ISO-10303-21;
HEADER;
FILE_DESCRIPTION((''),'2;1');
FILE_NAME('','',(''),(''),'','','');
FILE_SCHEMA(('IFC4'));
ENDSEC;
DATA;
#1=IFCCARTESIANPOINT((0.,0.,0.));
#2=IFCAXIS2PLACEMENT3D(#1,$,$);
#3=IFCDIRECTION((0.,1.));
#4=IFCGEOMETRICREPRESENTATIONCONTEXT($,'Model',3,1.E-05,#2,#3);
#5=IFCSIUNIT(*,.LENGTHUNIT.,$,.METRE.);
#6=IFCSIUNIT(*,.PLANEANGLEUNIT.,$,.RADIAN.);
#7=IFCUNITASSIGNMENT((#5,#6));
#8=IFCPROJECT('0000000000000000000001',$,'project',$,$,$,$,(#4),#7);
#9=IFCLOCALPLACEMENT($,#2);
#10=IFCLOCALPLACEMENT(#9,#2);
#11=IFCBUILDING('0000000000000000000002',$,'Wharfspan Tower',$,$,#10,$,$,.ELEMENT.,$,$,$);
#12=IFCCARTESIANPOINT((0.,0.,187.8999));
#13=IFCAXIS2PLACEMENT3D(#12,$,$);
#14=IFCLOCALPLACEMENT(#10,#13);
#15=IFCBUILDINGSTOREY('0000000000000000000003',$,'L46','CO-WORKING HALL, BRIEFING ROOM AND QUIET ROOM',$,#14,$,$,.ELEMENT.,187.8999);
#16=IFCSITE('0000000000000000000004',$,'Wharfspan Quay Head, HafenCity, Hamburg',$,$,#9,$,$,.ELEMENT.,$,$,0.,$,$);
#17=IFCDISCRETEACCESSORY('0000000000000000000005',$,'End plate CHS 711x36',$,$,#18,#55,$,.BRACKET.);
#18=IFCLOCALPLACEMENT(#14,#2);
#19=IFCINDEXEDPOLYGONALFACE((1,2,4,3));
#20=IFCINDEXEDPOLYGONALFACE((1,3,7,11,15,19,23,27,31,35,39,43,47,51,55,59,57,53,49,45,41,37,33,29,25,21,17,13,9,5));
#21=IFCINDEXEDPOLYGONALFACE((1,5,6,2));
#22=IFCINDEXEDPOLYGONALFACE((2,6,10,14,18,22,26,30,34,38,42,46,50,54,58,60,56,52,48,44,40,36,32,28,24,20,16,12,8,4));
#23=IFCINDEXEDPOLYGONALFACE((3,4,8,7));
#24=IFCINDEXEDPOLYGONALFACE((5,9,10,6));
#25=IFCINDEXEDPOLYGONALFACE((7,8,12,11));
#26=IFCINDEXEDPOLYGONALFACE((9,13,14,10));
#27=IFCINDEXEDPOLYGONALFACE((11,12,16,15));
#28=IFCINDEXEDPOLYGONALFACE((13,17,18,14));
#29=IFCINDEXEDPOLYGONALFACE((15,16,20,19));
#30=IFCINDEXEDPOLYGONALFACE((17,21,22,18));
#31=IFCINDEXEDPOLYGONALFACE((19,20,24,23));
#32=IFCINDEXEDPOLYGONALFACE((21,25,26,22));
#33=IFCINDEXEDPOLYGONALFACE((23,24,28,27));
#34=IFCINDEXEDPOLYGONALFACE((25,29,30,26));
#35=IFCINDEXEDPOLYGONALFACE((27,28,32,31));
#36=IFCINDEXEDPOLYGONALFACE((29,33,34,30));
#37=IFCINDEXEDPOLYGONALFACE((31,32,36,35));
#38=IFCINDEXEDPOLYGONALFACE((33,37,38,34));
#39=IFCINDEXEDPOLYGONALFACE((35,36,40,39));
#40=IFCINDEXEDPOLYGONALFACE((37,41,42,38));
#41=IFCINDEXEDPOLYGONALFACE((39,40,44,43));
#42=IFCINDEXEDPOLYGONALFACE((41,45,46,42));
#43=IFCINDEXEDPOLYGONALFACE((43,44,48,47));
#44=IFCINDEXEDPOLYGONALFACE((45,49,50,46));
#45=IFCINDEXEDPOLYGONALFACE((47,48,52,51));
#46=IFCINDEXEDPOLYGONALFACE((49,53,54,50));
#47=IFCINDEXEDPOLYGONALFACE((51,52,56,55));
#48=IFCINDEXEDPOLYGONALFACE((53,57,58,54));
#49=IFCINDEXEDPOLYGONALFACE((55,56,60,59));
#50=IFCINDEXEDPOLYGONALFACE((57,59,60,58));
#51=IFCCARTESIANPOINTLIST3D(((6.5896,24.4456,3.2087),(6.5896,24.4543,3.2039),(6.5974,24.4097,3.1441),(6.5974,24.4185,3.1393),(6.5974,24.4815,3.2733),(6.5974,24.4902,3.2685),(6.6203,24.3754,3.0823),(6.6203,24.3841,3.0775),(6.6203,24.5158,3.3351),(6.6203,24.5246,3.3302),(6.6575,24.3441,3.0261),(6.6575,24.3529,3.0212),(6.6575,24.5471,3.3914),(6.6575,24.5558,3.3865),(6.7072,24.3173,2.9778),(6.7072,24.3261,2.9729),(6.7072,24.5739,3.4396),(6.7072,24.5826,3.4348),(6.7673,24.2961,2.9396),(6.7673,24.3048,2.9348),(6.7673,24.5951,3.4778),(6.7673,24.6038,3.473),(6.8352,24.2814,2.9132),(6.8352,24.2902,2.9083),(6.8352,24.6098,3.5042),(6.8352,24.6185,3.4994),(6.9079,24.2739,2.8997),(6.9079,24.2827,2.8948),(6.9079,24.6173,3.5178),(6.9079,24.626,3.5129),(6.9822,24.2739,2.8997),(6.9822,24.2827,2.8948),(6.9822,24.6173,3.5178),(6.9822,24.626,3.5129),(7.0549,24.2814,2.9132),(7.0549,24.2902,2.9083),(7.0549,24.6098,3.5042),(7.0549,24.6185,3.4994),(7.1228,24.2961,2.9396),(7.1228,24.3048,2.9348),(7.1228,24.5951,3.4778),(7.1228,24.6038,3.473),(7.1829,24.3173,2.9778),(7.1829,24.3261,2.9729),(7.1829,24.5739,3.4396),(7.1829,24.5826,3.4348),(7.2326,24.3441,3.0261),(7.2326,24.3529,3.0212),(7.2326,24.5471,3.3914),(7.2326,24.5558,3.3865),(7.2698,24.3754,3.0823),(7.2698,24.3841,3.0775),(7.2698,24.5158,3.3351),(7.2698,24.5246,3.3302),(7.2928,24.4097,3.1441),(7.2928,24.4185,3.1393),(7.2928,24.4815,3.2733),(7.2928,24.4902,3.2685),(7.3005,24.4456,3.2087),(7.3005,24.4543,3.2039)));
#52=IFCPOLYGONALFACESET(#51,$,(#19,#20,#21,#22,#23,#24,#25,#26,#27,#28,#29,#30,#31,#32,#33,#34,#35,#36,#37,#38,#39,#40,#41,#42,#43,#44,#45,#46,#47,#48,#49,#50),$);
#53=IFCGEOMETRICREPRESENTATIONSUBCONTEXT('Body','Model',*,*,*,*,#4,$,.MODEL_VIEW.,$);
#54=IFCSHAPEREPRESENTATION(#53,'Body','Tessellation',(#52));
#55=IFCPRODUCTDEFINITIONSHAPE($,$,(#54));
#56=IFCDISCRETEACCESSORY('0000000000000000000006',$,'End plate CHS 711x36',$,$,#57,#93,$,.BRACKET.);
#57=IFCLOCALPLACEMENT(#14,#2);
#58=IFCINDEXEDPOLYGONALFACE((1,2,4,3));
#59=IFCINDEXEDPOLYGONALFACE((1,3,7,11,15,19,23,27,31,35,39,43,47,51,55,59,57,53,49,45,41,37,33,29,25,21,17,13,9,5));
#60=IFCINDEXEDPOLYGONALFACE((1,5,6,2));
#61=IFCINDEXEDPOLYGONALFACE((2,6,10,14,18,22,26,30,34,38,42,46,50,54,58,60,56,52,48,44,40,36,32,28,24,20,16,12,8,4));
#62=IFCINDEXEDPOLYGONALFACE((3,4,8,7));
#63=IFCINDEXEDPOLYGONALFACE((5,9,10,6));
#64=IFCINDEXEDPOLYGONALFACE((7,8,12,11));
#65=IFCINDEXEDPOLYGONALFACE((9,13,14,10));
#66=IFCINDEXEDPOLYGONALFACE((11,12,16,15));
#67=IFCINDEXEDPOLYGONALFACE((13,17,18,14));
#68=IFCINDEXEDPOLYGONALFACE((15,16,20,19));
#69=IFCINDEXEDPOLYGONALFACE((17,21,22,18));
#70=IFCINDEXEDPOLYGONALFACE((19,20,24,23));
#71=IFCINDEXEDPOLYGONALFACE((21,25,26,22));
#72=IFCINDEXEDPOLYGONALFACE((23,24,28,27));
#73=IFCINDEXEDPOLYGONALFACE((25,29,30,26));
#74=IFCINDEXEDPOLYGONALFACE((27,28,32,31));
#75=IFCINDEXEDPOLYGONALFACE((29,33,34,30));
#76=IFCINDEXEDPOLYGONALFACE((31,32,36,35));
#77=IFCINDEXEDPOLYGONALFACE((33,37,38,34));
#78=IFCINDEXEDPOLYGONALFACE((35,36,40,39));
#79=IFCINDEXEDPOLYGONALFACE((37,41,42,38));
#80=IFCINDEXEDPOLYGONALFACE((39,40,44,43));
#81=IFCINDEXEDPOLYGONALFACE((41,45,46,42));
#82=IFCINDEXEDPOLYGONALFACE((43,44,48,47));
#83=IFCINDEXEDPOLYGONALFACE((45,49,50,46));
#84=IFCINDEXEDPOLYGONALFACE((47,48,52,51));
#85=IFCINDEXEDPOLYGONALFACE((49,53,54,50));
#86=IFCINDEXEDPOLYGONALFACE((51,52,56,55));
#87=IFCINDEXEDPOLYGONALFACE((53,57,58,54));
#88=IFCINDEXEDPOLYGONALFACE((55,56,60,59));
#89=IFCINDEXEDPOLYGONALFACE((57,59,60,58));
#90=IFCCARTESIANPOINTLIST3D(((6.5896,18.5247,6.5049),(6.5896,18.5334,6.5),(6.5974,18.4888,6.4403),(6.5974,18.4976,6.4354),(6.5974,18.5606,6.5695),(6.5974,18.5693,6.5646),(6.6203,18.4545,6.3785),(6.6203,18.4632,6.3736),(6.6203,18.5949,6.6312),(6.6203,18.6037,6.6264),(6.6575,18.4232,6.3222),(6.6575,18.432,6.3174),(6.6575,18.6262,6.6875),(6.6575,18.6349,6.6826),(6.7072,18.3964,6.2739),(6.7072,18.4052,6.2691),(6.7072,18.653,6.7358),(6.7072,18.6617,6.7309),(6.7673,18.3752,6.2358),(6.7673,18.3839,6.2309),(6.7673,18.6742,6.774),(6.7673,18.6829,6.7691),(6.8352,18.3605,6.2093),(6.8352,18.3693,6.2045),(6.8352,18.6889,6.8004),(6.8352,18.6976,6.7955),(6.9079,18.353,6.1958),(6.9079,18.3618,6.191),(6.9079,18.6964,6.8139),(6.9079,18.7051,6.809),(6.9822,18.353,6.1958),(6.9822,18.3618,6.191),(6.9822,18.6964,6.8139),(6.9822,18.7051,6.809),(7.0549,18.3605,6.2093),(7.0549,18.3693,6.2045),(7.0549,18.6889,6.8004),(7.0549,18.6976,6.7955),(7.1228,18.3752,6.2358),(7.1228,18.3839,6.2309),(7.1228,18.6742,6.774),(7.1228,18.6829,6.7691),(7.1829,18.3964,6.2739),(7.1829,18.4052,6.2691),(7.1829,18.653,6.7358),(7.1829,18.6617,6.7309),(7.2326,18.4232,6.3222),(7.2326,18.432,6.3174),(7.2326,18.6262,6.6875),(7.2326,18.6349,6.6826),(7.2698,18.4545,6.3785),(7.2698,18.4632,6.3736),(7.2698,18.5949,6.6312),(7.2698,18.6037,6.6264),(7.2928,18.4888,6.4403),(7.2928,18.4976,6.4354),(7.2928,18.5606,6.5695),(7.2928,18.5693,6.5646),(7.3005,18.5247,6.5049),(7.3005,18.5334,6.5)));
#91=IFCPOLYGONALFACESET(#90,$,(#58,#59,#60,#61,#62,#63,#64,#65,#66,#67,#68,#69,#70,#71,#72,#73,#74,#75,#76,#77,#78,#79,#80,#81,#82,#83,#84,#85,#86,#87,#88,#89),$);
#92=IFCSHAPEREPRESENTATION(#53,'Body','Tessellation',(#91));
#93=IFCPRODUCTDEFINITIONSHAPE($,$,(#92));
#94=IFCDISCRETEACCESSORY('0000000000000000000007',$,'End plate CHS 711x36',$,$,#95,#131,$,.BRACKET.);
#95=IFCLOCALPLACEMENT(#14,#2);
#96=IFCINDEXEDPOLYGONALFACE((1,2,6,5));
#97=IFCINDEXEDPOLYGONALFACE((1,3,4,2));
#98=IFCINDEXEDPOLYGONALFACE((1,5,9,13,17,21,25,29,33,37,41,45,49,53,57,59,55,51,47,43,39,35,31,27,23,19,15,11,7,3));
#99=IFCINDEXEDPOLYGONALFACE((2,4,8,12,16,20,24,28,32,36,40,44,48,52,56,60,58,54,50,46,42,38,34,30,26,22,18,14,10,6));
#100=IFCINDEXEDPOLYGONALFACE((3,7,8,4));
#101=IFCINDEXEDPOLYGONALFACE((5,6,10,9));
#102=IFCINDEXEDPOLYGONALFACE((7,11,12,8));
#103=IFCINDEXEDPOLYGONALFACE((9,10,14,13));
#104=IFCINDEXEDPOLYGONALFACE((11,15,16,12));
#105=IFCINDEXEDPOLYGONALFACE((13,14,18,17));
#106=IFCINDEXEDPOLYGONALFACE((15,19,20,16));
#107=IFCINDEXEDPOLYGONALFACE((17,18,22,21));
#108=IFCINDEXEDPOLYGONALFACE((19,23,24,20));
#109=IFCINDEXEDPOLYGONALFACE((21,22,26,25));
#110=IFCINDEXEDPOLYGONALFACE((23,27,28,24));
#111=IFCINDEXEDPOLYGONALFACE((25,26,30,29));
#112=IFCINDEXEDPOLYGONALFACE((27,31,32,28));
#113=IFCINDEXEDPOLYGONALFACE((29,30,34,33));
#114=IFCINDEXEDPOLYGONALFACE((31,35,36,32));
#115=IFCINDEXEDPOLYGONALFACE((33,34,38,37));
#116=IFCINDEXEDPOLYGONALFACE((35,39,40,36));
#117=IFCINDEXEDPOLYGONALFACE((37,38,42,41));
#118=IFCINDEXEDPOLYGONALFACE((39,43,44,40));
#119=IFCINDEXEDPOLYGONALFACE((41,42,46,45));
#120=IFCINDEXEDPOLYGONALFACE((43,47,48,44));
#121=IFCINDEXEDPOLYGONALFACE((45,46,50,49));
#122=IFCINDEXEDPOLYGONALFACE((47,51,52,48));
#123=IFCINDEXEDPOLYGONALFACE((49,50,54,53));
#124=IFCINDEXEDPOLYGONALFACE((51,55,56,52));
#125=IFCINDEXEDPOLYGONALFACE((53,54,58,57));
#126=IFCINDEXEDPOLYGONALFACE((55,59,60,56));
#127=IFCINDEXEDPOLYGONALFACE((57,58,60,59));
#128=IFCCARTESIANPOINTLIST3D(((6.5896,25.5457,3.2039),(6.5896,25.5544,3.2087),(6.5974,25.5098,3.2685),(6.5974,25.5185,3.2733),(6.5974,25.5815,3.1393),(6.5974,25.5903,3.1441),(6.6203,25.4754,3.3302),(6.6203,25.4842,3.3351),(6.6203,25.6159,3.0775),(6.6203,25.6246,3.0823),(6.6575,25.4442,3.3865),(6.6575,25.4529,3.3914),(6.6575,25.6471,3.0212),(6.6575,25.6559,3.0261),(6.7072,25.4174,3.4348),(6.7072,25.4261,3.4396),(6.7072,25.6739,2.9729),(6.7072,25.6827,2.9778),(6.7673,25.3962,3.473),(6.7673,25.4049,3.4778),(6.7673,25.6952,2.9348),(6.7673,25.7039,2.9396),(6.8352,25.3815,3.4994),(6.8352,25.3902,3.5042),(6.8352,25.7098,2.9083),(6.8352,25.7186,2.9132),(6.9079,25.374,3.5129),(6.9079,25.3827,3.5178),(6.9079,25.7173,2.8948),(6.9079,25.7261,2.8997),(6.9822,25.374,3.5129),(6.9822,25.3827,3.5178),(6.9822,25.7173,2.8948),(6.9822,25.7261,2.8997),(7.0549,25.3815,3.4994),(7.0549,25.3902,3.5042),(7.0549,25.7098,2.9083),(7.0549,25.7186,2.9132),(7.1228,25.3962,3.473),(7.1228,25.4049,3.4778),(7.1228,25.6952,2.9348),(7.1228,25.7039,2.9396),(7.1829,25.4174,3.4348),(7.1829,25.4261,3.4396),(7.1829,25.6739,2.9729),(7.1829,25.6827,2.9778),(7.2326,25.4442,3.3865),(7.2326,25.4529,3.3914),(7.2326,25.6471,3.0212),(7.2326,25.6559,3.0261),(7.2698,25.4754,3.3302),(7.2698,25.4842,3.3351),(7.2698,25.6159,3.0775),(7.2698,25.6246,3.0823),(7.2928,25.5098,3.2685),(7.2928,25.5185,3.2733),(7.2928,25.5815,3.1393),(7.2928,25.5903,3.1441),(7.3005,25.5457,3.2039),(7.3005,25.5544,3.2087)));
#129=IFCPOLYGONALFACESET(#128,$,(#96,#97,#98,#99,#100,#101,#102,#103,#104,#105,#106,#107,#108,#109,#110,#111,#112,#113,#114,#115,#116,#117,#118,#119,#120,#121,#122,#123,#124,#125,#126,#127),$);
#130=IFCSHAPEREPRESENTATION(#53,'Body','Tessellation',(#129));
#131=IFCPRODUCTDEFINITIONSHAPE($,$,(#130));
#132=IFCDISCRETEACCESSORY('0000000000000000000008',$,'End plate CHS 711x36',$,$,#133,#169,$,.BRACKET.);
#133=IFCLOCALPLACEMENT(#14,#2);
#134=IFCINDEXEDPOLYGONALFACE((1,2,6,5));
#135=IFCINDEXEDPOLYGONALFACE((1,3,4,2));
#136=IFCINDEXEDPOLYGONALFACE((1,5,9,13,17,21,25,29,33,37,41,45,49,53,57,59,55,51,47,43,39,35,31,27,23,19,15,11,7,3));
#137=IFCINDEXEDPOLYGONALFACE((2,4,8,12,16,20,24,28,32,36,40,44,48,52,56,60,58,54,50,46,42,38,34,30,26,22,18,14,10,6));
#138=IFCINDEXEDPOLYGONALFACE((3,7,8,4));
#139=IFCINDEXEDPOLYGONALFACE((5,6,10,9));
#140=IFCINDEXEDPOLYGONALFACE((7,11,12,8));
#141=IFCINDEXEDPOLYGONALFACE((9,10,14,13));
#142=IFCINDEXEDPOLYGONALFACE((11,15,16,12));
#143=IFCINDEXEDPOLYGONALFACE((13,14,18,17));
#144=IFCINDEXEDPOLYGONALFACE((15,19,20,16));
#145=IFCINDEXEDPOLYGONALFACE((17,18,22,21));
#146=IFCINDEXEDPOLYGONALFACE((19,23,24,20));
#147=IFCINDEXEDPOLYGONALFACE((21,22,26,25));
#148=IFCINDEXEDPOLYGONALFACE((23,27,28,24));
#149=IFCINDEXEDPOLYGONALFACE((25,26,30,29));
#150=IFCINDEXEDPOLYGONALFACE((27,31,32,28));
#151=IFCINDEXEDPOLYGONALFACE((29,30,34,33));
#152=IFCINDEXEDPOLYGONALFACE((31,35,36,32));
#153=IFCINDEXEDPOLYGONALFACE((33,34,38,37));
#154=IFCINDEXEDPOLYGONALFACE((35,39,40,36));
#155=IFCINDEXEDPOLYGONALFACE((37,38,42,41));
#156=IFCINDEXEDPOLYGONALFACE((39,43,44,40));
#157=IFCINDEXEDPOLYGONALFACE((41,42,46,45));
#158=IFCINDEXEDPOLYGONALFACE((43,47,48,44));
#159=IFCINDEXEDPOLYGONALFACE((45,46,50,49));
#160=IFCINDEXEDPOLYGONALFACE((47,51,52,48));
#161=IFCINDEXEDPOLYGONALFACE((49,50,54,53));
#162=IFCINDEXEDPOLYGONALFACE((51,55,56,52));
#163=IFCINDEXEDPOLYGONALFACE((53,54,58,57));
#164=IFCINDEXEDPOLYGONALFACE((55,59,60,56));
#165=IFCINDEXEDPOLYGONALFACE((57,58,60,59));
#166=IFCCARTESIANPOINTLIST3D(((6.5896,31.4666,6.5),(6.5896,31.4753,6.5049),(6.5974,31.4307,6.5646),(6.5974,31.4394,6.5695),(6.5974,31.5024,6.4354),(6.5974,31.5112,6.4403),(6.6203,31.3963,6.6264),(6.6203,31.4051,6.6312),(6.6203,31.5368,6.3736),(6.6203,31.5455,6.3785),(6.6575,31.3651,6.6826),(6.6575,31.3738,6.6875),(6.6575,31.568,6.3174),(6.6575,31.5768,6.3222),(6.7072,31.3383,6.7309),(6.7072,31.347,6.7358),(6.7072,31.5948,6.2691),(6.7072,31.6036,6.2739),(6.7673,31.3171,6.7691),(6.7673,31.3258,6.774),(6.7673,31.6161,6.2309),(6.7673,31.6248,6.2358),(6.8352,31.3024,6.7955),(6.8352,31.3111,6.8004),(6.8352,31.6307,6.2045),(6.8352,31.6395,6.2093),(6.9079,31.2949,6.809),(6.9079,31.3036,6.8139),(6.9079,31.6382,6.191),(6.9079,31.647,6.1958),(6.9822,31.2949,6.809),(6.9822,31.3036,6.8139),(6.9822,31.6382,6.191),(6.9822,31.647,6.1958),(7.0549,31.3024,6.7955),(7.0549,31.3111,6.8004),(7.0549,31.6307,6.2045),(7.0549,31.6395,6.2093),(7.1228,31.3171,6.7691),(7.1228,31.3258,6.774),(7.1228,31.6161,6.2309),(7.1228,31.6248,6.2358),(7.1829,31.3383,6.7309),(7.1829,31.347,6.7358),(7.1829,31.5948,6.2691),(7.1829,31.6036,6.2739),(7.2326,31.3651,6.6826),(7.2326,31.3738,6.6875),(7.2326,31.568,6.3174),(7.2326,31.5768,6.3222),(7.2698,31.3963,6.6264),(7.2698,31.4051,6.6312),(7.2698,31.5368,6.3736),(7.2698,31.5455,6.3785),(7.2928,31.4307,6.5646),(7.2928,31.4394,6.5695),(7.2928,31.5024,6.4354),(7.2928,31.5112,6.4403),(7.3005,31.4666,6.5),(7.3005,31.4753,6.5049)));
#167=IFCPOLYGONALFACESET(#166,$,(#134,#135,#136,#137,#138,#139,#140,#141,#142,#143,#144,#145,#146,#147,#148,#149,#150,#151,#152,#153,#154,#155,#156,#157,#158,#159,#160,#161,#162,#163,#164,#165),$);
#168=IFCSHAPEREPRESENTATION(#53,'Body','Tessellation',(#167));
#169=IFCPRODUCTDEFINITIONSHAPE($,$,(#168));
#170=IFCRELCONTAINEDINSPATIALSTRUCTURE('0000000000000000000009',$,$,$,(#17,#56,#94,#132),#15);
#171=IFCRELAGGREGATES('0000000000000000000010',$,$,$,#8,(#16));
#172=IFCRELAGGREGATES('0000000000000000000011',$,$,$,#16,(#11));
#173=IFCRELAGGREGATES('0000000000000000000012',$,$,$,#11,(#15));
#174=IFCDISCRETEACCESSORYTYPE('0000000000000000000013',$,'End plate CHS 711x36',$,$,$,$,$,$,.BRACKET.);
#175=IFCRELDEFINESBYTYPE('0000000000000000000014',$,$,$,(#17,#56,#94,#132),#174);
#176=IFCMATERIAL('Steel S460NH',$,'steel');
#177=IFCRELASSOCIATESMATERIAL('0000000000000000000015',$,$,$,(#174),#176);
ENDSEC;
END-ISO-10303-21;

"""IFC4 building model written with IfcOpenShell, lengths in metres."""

from ifc_helpers import new_model, si_unit, direction, frame, origin, origin_2d, place, context, subcontext, project, spatial, circle, extrude, material, material_profile, profile_set, type_object, element, save


model = new_model("IFC4")

# Units and contexts
model_context = context("Model", 3, precision=1e-05, world=origin(), true_north=direction((0.0, 1.0)))
body_context = subcontext(model_context, "Body", "Model", "MODEL_VIEW")
ifc_project = project(units=[si_unit("LENGTHUNIT", "METRE"), si_unit("PLANEANGLEUNIT", "RADIAN")], contexts=[model_context])

# Site, building, storey
site_placement = place(None, origin())
site = spatial("IfcSite", under=ifc_project, at=site_placement, Name="Wharfspan Quay Head, HafenCity, Hamburg", CompositionType="ELEMENT", RefElevation=0.0)
building_placement = place(site_placement, origin())
building = spatial("IfcBuilding", under=site, at=building_placement, Name="Wharfspan Tower", CompositionType="ELEMENT")
storey_placement = place(building_placement, frame((0.0, 0.0, 187.8999)))
storey = spatial("IfcBuildingStorey", under=building, at=storey_placement, Name="L46", Description="CO-WORKING HALL, BRIEFING ROOM AND QUIET ROOM", CompositionType="ELEMENT", Elevation=187.8999)

# Shared definitions
ifc_material_1 = material(Name="Steel S460NH", Category="steel")

# Discrete accessories
ifc_material_profile_1 = material_profile(ifc_material_1, circle(Radius=0.3555, at=origin_2d()))
ifc_profile_set_1 = profile_set([ifc_material_profile_1], Name="Steel S460NH")
discrete_accessory_type = type_object("IfcDiscreteAccessoryType", Name="End plate CHS 711x36", PredefinedType="BRACKET", material=ifc_profile_set_1)
for number, where, z_axis, x_axis, name in (
    (1, (6.9451, 24.4543, 3.2039), (0.0, -0.874157, 0.485643), (1.0, 0.0, 0.0), "End plate CHS 711x36"),
    (2, (6.9451, 18.5334, 6.5), (0.0, -0.874157, 0.485643), (1.0, 0.0, 0.0), "End plate CHS 711x36"),
    (3, (6.9451, 25.5457, 3.2039), (0.0, 0.874157, 0.485643), (-1.0, 0.0, 0.0), "End plate CHS 711x36"),
    (4, (6.9451, 31.4666, 6.5), (0.0, 0.874157, 0.485643), (-1.0, 0.0, 0.0), "End plate CHS 711x36"),
):
    element("IfcDiscreteAccessory", number, at=place(storey_placement, frame(where, z_axis=z_axis, x_axis=x_axis)), inside=storey, type_object=discrete_accessory_type, Name=name, PredefinedType="BRACKET", context=body_context, shape_type="SweptSolid", body=[
        extrude(circle(Radius=0.3555, at=origin_2d()), origin(), (0.0, 0.0, 1.0), 0.01),
    ])

save(model, "model.ifc")
